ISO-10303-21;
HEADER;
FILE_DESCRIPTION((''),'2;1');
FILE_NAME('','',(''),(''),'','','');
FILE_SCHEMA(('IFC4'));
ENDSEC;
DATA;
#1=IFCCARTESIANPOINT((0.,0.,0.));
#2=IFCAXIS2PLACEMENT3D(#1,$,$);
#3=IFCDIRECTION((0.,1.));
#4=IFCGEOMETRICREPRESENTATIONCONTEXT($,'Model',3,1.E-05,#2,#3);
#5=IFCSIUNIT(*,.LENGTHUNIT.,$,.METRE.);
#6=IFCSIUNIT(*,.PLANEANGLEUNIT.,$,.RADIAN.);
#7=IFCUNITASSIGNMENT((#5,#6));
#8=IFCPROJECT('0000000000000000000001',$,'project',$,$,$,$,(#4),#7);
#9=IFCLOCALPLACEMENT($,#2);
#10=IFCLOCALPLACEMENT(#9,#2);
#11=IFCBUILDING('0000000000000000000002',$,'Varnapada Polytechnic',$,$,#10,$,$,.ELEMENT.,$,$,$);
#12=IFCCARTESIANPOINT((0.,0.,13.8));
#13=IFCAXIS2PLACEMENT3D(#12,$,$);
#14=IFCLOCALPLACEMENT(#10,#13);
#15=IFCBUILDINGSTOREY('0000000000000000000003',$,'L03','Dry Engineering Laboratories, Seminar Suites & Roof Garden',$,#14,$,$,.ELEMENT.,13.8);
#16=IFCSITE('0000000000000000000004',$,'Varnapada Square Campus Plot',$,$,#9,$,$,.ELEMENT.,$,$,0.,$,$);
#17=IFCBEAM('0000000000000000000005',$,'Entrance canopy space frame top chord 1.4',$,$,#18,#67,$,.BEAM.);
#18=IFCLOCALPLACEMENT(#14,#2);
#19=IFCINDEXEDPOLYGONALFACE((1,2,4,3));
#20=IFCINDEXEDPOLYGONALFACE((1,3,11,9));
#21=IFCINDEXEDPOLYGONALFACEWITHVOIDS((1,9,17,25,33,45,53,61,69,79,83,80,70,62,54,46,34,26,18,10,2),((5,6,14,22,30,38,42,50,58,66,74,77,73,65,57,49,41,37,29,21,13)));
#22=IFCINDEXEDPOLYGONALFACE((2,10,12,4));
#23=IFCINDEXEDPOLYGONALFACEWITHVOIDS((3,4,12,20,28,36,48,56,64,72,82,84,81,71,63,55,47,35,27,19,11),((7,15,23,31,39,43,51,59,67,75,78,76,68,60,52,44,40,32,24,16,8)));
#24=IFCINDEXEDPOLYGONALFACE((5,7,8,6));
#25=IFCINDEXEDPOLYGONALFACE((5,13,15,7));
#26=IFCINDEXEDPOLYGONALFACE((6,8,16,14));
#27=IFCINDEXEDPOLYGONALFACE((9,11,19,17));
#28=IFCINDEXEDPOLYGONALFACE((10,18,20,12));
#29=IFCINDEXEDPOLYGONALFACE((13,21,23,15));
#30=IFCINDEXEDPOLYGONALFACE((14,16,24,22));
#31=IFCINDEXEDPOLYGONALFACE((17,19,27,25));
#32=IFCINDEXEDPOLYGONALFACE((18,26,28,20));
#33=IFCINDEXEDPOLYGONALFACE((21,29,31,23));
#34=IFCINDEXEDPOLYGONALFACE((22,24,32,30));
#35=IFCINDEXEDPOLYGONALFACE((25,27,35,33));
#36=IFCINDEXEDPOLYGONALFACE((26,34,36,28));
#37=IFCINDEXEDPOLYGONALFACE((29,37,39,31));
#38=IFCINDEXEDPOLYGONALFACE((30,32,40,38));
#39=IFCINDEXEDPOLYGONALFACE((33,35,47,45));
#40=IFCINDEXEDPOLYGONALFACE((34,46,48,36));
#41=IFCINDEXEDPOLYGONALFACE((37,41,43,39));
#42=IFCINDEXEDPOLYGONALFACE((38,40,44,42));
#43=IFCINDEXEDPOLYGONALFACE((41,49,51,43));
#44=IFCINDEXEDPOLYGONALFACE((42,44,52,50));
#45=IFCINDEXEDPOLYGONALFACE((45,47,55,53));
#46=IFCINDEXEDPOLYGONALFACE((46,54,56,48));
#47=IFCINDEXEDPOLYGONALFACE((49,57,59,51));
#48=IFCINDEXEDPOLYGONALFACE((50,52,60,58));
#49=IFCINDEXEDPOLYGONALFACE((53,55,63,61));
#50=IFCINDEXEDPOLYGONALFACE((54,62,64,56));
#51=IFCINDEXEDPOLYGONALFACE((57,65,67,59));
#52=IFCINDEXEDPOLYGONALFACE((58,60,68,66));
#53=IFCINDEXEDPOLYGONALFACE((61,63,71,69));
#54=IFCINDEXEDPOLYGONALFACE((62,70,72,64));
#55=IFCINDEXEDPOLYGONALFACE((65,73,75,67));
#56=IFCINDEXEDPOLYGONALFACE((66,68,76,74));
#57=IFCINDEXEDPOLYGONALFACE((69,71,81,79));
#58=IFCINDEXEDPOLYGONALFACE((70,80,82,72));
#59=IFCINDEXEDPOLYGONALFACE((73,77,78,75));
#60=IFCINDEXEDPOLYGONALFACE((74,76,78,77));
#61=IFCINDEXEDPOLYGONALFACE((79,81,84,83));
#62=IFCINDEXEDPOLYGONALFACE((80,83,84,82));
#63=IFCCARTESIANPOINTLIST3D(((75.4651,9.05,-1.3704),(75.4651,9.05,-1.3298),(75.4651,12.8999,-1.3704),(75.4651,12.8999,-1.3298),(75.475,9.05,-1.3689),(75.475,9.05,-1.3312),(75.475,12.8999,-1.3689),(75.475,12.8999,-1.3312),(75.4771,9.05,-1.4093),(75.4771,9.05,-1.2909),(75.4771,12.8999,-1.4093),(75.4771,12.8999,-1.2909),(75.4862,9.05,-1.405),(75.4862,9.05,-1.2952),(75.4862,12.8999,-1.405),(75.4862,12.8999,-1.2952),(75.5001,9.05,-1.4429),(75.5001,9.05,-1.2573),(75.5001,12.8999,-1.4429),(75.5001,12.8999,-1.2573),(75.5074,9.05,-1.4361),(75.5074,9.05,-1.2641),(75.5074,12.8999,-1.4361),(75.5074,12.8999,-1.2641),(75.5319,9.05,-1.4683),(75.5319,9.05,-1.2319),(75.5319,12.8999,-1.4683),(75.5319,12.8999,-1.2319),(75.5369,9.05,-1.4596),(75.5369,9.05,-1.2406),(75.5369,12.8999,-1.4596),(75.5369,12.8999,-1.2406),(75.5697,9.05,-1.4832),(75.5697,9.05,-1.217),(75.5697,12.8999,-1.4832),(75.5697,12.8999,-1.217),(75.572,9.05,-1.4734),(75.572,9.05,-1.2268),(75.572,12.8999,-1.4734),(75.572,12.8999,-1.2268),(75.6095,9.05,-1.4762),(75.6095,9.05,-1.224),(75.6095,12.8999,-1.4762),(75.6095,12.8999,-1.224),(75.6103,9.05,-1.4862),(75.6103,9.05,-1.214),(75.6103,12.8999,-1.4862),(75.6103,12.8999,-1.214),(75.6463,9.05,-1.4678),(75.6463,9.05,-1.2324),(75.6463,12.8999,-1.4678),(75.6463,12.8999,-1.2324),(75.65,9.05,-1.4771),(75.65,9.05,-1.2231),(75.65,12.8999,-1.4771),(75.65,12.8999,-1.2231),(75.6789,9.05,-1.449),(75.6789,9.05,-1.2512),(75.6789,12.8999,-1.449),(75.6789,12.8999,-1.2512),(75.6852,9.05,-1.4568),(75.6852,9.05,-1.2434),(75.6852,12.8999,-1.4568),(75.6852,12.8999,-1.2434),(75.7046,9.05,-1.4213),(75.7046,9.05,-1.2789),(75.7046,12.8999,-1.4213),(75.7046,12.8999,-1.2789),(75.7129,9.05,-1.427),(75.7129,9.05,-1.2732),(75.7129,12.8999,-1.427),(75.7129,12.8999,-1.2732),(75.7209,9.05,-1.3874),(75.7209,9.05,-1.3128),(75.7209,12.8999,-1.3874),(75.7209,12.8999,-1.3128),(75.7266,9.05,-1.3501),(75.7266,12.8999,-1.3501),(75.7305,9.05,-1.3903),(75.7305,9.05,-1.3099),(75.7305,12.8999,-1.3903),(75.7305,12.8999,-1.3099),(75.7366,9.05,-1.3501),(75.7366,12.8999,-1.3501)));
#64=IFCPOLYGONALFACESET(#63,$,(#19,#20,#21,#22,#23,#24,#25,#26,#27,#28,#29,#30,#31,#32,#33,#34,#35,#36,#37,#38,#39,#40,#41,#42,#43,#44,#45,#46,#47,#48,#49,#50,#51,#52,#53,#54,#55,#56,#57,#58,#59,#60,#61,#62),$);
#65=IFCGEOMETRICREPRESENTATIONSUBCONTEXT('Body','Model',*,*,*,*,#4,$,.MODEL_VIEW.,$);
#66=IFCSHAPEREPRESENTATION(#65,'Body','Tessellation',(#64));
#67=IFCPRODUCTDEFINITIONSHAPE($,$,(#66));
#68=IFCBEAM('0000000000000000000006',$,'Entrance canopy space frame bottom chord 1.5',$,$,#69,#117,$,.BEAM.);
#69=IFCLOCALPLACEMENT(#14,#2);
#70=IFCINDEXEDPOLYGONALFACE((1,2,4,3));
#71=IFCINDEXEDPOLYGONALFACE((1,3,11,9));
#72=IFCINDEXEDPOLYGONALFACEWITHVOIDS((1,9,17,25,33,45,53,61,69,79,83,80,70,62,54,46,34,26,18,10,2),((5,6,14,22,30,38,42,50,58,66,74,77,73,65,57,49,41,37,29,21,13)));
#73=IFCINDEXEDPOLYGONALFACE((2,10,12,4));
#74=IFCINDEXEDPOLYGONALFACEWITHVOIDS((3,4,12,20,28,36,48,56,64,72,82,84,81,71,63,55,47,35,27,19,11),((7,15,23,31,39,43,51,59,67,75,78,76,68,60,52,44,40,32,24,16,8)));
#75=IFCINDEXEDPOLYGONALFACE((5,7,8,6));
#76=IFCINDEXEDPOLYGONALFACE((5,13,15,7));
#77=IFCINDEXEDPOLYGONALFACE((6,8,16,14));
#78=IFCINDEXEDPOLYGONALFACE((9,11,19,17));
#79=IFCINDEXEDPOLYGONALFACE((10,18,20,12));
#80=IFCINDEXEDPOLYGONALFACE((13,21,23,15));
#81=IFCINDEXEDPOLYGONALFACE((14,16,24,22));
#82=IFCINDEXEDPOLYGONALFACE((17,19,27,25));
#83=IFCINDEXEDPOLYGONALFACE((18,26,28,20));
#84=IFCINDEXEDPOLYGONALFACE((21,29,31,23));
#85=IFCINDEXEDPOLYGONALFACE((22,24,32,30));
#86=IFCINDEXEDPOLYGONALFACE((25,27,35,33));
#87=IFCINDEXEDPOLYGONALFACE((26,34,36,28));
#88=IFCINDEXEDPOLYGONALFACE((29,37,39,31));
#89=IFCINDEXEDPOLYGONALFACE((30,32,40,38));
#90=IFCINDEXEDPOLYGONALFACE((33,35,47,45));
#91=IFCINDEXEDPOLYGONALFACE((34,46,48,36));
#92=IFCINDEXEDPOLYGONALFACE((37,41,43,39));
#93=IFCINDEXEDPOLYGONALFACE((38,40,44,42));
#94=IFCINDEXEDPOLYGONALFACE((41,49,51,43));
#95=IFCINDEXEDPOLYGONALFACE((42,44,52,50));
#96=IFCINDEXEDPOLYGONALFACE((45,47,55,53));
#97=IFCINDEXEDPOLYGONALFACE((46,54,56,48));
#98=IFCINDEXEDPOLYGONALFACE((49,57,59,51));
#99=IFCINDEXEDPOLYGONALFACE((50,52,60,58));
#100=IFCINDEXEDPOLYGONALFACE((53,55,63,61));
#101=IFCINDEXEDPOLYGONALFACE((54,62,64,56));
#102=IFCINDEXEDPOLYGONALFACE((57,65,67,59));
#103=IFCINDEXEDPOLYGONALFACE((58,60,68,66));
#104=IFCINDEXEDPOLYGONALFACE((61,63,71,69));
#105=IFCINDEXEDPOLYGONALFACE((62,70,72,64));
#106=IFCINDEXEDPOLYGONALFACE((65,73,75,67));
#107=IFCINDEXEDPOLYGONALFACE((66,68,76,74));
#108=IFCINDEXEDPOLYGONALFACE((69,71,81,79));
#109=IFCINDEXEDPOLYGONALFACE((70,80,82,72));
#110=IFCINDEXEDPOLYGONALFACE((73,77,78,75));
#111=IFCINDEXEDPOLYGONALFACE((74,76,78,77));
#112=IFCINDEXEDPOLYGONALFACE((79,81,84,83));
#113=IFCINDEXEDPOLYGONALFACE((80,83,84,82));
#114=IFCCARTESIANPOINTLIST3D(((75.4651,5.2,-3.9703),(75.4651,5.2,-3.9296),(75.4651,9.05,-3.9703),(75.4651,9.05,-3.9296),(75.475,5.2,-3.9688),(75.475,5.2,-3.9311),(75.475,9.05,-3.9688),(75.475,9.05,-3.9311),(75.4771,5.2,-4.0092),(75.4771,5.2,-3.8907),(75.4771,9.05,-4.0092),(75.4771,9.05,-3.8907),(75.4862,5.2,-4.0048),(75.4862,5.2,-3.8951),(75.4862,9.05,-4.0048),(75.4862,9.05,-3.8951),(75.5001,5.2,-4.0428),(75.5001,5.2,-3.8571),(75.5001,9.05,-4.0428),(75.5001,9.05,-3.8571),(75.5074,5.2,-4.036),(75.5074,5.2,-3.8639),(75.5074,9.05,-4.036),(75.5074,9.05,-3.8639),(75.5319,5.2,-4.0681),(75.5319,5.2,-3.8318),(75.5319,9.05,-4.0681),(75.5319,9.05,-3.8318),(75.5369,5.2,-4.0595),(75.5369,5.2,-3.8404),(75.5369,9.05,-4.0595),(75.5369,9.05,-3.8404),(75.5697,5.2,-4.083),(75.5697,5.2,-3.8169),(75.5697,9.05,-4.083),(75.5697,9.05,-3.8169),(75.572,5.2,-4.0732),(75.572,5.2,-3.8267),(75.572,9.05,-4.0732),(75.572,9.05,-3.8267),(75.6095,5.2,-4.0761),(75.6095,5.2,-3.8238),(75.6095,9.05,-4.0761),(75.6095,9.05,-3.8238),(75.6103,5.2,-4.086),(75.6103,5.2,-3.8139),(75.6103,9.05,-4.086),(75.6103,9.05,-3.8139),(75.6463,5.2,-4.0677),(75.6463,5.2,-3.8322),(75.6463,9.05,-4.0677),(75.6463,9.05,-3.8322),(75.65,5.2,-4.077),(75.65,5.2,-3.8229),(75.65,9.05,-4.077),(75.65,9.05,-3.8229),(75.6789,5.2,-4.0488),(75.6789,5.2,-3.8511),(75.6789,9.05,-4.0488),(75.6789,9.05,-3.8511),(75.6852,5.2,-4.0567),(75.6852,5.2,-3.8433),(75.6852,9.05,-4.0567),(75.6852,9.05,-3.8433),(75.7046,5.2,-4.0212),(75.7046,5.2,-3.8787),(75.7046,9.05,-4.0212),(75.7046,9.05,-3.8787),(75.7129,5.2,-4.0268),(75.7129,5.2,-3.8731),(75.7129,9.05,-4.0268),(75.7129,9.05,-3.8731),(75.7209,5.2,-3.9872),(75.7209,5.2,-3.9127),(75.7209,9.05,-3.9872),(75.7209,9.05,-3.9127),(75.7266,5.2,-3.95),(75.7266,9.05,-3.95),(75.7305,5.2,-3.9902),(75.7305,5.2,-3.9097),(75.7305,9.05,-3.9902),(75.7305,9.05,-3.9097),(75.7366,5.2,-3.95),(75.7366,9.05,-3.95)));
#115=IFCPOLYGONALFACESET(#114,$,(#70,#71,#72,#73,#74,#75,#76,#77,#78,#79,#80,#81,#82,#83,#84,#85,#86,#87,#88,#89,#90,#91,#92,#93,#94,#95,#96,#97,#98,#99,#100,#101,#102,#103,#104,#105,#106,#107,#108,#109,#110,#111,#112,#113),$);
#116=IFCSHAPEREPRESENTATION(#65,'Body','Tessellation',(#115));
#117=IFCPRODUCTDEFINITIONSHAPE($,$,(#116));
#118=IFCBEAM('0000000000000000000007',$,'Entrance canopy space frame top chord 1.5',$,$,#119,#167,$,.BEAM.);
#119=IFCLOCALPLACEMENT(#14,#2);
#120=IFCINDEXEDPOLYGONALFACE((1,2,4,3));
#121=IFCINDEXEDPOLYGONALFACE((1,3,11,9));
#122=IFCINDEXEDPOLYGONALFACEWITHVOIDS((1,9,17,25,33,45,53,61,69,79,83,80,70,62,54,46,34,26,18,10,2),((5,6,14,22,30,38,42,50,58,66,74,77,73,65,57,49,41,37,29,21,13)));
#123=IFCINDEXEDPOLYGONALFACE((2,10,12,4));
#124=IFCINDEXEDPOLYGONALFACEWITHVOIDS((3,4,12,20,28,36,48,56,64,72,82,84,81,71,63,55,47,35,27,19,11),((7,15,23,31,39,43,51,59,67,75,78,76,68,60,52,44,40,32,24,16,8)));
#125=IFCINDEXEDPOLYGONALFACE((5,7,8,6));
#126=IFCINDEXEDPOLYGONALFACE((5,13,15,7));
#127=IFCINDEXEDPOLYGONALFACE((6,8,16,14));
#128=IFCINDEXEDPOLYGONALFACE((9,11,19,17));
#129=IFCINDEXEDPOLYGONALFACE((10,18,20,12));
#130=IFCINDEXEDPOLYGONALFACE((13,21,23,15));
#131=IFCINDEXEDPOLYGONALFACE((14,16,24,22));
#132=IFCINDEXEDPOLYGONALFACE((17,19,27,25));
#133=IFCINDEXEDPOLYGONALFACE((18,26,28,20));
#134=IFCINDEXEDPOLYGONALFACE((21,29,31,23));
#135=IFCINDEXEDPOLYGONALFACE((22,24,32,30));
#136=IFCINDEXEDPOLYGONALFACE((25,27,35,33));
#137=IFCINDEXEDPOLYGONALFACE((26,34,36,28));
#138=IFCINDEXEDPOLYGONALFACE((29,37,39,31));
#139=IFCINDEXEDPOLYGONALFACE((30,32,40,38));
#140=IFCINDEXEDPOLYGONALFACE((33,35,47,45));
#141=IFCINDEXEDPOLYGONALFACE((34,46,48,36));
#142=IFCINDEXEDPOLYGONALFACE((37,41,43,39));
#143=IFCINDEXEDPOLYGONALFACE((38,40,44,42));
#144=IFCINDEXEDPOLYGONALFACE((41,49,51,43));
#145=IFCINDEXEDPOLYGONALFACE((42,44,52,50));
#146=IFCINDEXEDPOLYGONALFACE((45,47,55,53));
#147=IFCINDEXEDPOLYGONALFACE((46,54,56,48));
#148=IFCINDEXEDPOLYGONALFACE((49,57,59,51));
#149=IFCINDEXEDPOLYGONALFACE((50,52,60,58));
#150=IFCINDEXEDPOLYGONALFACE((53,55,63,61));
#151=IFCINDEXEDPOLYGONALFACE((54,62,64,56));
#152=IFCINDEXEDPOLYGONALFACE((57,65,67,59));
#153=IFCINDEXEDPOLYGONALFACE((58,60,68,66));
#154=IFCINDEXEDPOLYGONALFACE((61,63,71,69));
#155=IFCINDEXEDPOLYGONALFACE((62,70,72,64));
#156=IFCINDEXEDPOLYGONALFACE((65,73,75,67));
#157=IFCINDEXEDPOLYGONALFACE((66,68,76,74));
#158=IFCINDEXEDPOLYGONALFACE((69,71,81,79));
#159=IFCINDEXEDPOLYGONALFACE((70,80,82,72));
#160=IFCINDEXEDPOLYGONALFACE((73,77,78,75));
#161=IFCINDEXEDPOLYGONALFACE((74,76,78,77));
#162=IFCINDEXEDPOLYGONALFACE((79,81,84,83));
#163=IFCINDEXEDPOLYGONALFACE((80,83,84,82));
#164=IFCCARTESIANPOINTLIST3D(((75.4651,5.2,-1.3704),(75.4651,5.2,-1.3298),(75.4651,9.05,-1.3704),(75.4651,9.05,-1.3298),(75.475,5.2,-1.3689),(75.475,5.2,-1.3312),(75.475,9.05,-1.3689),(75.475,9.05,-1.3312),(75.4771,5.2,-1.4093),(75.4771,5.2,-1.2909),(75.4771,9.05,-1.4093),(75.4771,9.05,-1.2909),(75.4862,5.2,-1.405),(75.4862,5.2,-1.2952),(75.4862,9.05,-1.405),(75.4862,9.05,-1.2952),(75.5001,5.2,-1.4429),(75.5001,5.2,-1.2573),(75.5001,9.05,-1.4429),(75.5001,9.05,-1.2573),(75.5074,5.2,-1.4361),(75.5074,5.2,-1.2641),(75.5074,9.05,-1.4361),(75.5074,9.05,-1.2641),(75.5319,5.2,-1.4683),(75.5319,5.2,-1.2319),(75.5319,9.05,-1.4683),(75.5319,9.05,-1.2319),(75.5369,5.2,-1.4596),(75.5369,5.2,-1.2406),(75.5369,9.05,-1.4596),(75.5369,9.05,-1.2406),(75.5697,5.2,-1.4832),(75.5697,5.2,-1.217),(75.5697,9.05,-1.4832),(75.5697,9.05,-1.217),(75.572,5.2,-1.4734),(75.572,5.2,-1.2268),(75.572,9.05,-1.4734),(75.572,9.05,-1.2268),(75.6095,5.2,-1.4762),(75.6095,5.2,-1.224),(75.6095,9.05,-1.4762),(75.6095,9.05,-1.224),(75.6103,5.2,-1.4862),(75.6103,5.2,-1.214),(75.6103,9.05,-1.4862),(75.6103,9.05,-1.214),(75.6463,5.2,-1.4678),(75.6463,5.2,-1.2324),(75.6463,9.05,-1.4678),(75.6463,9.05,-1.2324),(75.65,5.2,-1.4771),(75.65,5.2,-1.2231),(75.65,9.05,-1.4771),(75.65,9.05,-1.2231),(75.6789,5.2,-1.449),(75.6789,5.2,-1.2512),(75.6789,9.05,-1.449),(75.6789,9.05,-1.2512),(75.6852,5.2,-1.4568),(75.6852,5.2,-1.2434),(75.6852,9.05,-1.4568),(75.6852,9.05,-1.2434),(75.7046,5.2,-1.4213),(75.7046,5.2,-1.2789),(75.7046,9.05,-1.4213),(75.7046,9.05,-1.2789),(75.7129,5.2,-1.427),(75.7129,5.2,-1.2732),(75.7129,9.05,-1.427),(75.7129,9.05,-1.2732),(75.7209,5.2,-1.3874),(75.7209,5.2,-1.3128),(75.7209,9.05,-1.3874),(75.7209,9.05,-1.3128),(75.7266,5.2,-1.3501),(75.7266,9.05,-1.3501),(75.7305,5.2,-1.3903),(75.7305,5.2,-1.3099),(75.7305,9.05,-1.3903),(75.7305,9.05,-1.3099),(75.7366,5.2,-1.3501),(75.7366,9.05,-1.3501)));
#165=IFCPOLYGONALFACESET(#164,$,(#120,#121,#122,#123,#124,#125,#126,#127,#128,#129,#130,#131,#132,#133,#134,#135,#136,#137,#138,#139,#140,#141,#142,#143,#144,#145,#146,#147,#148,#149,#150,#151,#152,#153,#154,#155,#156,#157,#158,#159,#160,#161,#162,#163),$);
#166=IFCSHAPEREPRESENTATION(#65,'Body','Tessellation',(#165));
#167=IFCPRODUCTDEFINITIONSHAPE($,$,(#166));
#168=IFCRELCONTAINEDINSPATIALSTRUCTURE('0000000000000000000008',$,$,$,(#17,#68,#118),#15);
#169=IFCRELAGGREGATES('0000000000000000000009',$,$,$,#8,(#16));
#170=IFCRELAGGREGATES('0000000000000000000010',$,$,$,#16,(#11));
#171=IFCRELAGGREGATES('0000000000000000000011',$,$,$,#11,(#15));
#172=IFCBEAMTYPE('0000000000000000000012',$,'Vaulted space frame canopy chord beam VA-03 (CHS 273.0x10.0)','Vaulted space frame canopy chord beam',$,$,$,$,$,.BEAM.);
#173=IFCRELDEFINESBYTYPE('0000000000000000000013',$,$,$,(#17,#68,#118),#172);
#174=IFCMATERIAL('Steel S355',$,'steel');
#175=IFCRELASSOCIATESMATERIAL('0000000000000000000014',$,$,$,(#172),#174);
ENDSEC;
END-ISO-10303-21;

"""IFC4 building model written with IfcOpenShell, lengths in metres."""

from ifc_helpers import new_model, si_unit, direction, frame, origin, origin_2d, place, context, subcontext, project, spatial, hollow_circle, extrude, material, material_profile, profile_set, type_object, element, save


model = new_model("IFC4")

# Units and contexts
model_context = context("Model", 3, precision=1e-05, world=origin(), true_north=direction((0.0, 1.0)))
body_context = subcontext(model_context, "Body", "Model", "MODEL_VIEW")
ifc_project = project(units=[si_unit("LENGTHUNIT", "METRE"), si_unit("PLANEANGLEUNIT", "RADIAN")], contexts=[model_context])

# Site, building, storey
site_placement = place(None, origin())
site = spatial("IfcSite", under=ifc_project, at=site_placement, Name="Varnapada Square Campus Plot", CompositionType="ELEMENT", RefElevation=0.0)
building_placement = place(site_placement, origin())
building = spatial("IfcBuilding", under=site, at=building_placement, Name="Varnapada Polytechnic", CompositionType="ELEMENT")
storey_placement = place(building_placement, frame((0.0, 0.0, 13.8)))
storey = spatial("IfcBuildingStorey", under=building, at=storey_placement, Name="L03", Description="Dry Engineering Laboratories, Seminar Suites & Roof Garden", CompositionType="ELEMENT", Elevation=13.8)

# Shared definitions
ifc_material = material(Name="Steel S355", Category="steel")

# Beams
ifc_material_profile_1 = material_profile(ifc_material, hollow_circle(Radius=0.1365, WallThickness=0.01, at=origin_2d()), Name="CHS 273.0x10.0")
ifc_profile_set_1 = profile_set([ifc_material_profile_1], Name="Steel S355")
beam_type = type_object("IfcBeamType", Name="Vaulted space frame canopy chord beam VA-03 (CHS 273.0x10.0)", Description="Vaulted space frame canopy chord beam", PredefinedType="BEAM", material=ifc_profile_set_1)
for number, where, z_axis, x_axis, name in (
    (1, (75.6001, 12.8999, -1.3501), (0.0, -1.0, 0.0), (1.0, 0.0, 0.0), "Entrance canopy space frame top chord 1.4"),
):
    element("IfcBeam", number, at=place(storey_placement, frame(where, z_axis=z_axis, x_axis=x_axis)), inside=storey, type_object=beam_type, Name=name, PredefinedType="BEAM", context=body_context, shape_type="SweptSolid", body=[
        extrude(hollow_circle(Radius=0.1365, WallThickness=0.01, at=origin_2d()), origin(), (0.0, 0.0, 1.0), 3.8499),
    ])
for number, where, z_axis, x_axis, name in (
    (2, (75.6001, 9.05, -3.95), (0.0, -1.0, 0.0), (1.0, 0.0, 0.0), "Entrance canopy space frame bottom chord 1.5"),
    (3, (75.6001, 9.05, -1.3501), (0.0, -1.0, 0.0), (1.0, 0.0, 0.0), "Entrance canopy space frame top chord 1.5"),
):
    element("IfcBeam", number, at=place(storey_placement, frame(where, z_axis=z_axis, x_axis=x_axis)), inside=storey, type_object=beam_type, Name=name, PredefinedType="BEAM", context=body_context, shape_type="SweptSolid", body=[
        extrude(hollow_circle(Radius=0.1365, WallThickness=0.01, at=origin_2d()), origin(), (0.0, 0.0, 1.0), 3.8501),
    ])

save(model, "model.ifc")
